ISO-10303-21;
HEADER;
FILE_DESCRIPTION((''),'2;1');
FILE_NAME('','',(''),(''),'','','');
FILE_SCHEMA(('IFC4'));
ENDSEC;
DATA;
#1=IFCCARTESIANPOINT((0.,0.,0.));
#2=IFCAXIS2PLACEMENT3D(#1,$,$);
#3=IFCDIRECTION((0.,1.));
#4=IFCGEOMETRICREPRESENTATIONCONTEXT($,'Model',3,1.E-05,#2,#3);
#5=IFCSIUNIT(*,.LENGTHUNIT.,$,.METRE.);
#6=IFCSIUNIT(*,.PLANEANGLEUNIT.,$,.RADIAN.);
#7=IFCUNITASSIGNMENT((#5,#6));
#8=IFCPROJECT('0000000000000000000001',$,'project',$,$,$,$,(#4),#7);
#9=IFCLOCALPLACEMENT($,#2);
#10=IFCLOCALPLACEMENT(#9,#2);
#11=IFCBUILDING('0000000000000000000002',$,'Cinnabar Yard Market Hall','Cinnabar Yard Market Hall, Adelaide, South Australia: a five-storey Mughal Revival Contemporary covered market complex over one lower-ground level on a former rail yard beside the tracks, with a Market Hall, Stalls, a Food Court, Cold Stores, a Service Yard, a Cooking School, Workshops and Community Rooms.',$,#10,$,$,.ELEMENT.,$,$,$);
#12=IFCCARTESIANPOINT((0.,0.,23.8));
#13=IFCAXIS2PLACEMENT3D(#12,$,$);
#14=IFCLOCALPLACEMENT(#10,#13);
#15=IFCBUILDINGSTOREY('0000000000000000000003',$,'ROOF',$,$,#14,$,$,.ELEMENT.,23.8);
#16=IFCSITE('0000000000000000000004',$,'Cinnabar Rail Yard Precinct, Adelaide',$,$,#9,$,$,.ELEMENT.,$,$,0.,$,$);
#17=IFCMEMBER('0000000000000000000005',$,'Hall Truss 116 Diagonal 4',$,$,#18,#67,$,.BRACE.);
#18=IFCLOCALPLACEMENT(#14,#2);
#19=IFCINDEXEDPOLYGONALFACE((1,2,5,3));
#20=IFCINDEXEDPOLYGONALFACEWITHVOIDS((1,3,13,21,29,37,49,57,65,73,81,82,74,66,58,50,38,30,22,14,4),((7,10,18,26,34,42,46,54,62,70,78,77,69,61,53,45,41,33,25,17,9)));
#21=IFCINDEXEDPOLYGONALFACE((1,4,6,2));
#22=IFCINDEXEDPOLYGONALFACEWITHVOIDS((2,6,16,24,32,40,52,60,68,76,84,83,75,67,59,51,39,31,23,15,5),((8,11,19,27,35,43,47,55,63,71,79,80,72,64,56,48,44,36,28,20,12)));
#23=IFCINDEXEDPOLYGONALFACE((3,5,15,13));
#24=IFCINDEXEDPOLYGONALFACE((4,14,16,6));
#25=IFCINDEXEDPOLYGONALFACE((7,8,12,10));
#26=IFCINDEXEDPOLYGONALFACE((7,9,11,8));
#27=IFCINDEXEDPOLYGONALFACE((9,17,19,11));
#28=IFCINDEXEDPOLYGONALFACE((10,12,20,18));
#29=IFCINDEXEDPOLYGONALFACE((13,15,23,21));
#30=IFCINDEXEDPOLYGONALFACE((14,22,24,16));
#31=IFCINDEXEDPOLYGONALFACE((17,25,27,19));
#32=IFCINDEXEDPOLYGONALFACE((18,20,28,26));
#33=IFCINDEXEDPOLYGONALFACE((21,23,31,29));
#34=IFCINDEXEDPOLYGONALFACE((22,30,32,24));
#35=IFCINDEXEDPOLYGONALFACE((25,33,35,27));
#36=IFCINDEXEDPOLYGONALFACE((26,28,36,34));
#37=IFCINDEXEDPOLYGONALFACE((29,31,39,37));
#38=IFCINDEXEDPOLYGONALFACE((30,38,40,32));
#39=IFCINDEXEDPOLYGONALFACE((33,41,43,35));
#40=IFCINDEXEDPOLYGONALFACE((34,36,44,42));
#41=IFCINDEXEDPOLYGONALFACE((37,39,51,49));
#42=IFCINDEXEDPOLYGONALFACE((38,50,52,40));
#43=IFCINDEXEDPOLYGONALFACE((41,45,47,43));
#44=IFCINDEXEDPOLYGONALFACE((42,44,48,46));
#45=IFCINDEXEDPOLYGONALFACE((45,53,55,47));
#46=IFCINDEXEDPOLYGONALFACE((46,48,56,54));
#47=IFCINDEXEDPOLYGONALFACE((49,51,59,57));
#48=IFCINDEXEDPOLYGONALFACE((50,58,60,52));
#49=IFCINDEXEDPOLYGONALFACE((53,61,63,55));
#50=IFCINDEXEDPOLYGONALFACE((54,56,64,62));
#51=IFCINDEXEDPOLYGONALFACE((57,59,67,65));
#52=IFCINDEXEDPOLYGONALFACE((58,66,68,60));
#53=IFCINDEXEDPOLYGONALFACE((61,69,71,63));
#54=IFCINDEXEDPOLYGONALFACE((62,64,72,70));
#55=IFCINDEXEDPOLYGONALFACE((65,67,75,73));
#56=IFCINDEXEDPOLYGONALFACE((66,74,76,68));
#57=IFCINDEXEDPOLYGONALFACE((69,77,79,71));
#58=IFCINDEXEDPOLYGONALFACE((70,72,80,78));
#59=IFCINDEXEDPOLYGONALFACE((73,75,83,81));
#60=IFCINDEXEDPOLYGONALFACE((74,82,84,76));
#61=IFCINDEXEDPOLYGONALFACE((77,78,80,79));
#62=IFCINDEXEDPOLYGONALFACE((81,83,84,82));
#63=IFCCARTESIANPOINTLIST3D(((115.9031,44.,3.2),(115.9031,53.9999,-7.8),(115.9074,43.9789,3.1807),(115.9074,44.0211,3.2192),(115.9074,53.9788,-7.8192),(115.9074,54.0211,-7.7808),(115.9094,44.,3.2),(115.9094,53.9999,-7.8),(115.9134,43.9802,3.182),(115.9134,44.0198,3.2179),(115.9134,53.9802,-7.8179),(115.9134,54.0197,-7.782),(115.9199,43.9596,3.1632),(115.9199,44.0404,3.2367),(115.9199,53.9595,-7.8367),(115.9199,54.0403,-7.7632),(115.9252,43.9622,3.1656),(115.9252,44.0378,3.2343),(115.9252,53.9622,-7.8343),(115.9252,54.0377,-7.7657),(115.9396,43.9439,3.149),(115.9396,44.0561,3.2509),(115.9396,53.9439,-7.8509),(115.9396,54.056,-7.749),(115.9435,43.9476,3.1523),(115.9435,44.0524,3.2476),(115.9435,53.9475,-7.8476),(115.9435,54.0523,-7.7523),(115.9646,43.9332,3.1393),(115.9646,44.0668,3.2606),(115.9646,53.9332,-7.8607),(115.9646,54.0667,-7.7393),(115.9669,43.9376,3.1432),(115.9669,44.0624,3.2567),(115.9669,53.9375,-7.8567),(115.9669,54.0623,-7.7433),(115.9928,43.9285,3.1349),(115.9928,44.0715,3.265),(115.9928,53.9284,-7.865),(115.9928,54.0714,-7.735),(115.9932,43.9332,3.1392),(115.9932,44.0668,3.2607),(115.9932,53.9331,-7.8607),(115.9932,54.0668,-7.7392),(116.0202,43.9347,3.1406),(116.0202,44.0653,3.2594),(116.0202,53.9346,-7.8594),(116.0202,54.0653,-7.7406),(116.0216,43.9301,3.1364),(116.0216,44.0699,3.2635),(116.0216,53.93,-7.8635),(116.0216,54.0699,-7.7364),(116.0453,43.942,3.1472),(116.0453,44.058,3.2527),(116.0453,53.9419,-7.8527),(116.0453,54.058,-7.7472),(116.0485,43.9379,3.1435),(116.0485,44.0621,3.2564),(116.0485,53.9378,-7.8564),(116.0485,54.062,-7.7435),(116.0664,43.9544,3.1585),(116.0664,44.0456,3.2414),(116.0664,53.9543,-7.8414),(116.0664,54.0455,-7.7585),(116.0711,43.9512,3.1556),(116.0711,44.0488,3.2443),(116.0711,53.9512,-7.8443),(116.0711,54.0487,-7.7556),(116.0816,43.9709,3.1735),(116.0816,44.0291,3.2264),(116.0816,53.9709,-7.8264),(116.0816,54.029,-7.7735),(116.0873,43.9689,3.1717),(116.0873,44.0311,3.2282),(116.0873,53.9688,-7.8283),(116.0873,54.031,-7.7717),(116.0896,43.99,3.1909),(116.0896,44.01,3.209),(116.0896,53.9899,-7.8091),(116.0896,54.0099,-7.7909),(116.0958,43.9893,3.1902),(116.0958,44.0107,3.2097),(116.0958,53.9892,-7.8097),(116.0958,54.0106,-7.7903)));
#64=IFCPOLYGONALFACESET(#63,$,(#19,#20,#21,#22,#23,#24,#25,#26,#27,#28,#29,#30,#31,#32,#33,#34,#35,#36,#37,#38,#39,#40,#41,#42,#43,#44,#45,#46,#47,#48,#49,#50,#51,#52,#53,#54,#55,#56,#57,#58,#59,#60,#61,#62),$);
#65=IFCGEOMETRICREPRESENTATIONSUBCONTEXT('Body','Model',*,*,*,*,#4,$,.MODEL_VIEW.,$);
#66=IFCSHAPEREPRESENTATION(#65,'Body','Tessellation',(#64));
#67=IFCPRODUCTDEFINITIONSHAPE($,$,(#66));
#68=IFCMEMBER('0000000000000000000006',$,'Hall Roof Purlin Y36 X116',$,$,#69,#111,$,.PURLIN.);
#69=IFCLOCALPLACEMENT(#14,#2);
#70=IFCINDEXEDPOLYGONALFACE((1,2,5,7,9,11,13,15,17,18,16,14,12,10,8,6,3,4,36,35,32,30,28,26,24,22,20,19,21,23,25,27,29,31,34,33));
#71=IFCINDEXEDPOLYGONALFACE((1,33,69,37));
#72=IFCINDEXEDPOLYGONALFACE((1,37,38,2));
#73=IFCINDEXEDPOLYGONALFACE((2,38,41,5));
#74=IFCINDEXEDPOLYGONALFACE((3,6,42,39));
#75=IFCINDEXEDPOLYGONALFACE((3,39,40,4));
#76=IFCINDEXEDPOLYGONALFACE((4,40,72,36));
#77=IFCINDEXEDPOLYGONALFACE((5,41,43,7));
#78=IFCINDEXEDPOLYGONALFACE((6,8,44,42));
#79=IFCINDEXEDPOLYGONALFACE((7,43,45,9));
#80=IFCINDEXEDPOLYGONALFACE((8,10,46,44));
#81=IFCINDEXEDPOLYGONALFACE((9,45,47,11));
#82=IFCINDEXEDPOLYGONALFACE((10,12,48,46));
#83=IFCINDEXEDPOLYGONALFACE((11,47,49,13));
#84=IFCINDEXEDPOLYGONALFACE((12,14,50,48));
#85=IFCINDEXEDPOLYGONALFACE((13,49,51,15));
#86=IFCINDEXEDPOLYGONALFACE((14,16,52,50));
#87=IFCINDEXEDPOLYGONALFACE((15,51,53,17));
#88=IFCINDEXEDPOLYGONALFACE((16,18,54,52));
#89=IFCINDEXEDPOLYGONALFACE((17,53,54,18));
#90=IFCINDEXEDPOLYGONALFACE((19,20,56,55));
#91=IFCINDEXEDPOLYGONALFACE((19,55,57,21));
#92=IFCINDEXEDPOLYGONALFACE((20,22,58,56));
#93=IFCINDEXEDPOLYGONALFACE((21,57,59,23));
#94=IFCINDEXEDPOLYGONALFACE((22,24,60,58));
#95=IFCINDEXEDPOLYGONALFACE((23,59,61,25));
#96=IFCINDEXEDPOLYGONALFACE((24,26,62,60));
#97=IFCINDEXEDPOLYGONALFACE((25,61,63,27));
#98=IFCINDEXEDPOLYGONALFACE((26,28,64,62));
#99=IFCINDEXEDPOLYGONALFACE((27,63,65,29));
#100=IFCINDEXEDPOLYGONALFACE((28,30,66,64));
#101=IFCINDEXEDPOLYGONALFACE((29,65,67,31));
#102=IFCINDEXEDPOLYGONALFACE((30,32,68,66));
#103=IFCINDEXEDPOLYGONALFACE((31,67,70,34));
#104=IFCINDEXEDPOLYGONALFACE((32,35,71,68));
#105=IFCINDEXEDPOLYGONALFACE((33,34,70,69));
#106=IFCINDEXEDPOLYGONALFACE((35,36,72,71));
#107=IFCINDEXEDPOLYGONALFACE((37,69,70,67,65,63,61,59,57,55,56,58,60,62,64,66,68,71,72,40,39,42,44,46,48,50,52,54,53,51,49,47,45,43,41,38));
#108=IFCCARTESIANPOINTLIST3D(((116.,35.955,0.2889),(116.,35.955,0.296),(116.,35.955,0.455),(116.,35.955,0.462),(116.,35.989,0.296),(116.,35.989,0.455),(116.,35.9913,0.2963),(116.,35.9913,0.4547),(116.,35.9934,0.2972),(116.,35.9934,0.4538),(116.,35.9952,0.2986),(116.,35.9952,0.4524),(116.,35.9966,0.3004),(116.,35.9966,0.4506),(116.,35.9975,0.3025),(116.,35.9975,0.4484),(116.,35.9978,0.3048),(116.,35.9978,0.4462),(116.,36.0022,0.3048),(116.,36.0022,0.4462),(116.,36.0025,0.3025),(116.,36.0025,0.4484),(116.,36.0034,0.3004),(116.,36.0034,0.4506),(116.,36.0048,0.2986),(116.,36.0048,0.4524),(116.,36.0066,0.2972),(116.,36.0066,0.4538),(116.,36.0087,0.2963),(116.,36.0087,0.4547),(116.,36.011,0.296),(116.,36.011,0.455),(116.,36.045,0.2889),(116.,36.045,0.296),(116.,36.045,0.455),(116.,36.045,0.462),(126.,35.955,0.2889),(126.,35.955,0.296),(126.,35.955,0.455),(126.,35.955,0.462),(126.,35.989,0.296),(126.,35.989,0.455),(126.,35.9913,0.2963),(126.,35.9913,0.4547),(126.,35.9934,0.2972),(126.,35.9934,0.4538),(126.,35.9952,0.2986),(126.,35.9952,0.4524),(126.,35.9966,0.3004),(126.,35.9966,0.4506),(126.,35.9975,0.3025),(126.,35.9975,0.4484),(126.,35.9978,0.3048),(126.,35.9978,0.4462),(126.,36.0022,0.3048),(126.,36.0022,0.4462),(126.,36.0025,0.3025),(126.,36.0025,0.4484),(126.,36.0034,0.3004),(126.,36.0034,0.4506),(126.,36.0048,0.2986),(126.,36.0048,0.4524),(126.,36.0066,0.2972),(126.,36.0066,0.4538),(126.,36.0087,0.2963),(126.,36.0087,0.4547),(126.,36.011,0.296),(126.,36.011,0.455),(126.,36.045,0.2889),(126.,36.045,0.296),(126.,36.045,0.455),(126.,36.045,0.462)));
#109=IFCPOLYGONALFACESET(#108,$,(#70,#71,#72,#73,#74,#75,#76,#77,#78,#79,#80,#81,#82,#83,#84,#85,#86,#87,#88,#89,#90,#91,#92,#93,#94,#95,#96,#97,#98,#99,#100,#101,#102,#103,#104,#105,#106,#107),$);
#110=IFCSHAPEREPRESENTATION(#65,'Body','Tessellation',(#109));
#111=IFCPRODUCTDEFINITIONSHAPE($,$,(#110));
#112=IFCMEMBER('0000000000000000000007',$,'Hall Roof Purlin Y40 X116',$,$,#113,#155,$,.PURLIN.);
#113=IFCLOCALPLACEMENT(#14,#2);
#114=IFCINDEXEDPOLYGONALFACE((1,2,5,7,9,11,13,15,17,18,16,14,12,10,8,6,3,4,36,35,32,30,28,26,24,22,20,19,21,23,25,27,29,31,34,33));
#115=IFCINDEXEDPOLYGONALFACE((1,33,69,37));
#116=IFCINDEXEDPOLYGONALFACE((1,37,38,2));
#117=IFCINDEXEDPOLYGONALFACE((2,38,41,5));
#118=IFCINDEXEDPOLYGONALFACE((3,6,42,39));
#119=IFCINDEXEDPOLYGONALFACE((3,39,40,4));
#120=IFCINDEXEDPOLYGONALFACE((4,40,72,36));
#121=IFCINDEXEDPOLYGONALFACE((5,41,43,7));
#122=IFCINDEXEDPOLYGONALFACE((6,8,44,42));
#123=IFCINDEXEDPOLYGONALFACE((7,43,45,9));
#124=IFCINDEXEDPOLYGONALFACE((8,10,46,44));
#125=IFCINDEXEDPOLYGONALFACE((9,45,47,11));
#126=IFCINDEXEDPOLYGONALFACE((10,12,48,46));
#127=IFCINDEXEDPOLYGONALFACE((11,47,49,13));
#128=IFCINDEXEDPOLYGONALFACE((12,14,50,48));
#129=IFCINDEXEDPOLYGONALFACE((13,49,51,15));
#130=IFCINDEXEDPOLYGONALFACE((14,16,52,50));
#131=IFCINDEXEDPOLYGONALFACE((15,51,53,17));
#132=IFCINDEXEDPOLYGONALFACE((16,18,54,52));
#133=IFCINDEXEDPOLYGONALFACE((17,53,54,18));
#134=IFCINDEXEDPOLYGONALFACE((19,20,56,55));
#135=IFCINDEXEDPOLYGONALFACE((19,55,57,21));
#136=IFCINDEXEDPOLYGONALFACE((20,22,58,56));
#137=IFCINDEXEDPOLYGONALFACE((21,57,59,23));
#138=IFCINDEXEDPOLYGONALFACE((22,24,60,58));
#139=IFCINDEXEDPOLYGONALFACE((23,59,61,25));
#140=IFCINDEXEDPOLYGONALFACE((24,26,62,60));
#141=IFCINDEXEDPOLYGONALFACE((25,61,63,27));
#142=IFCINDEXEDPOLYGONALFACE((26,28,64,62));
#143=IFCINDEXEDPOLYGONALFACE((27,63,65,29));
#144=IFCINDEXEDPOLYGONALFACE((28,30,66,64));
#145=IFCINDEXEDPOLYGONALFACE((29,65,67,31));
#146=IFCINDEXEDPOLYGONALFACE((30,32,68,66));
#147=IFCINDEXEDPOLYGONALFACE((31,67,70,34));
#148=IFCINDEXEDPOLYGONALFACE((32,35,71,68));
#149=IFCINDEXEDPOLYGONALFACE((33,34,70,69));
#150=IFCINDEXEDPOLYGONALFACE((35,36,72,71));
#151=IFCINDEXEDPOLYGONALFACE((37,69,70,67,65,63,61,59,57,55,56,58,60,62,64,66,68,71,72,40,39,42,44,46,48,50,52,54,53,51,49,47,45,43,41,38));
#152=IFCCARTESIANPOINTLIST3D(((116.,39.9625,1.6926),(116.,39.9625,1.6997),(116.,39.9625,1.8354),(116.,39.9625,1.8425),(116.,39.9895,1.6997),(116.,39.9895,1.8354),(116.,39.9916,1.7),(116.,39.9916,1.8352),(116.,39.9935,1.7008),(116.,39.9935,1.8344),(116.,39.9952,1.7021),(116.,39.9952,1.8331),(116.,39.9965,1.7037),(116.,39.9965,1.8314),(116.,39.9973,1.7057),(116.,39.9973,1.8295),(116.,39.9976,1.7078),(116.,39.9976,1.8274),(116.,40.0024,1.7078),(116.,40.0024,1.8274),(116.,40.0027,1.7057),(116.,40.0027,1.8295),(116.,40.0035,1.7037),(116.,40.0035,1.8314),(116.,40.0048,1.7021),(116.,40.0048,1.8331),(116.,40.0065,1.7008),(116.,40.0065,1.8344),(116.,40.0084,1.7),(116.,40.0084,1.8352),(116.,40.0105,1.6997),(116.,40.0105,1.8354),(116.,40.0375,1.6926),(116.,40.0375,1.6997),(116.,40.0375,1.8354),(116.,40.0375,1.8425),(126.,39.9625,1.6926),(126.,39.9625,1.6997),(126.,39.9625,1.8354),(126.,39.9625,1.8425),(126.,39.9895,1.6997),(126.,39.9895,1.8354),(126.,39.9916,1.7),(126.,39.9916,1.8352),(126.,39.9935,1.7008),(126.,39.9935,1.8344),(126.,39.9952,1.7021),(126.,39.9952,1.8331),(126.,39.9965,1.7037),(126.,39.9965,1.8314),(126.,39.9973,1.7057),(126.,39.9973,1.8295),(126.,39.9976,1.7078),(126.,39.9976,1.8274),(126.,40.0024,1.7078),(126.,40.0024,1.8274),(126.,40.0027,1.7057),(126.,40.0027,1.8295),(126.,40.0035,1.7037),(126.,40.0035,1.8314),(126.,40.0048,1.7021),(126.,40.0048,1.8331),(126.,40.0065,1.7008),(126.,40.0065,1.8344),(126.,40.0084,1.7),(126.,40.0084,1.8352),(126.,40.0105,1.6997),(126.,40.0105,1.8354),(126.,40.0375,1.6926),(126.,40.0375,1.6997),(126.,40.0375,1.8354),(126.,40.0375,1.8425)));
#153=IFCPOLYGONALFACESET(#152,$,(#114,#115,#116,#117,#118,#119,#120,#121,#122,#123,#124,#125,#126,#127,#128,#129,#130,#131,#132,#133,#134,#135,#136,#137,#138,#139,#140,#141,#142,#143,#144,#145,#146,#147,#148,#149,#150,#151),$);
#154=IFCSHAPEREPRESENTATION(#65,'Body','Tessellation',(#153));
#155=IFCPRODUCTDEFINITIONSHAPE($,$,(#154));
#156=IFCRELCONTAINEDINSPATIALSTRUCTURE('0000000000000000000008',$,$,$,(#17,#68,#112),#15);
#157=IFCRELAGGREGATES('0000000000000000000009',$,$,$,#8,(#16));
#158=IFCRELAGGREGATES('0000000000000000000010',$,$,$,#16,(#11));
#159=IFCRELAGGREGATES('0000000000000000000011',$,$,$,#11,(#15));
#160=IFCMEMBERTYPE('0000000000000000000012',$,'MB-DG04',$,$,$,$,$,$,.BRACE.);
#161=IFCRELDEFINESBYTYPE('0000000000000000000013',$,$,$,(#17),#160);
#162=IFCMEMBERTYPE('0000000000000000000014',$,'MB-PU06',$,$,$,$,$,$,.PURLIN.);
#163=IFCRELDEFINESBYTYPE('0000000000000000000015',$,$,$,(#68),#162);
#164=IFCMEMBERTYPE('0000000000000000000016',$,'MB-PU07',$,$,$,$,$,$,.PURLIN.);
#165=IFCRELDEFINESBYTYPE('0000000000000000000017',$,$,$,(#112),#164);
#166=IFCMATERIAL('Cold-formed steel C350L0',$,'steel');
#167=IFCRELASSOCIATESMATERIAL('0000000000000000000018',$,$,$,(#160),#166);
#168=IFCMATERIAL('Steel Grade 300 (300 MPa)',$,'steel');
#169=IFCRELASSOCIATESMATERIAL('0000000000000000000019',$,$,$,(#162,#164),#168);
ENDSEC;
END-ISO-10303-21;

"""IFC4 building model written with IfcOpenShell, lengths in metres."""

from ifc_helpers import new_model, si_unit, direction, frame, origin, origin_2d_with_axis, place, context, subcontext, project, spatial, hollow_circle, i_section, extrude, material, material_profile, profile_set, type_object, element, save


model = new_model("IFC4")

# Units and contexts
model_context = context("Model", 3, precision=1e-05, world=origin(), true_north=direction((0.0, 1.0)))
body_context = subcontext(model_context, "Body", "Model", "MODEL_VIEW")
ifc_project = project(units=[si_unit("LENGTHUNIT", "METRE"), si_unit("PLANEANGLEUNIT", "RADIAN")], contexts=[model_context])

# Site, building, storey
site_placement = place(None, origin())
site = spatial("IfcSite", under=ifc_project, at=site_placement, Name="Cinnabar Rail Yard Precinct, Adelaide", CompositionType="ELEMENT", RefElevation=0.0)
building_placement = place(site_placement, origin())
building = spatial("IfcBuilding", under=site, at=building_placement, Name="Cinnabar Yard Market Hall", Description="Cinnabar Yard Market Hall, Adelaide, South Australia: a five-storey Mughal Revival Contemporary covered market complex over one lower-ground level on a former rail yard beside the tracks, with a Market Hall, Stalls, a Food Court, Cold Stores, a Service Yard, a Cooking School, Workshops and Community Rooms.", CompositionType="ELEMENT")
storey_placement = place(building_placement, frame((0.0, 0.0, 23.8)))
storey = spatial("IfcBuildingStorey", under=building, at=storey_placement, Name="ROOF", CompositionType="ELEMENT", Elevation=23.8)

# Shared definitions
ifc_material_1 = material(Name="Steel Grade 300 (300 MPa)", Category="steel")

# Members
ifc_material_2 = material(Name="Cold-formed steel C350L0", Category="steel")
ifc_material_profile_1 = material_profile(ifc_material_2, hollow_circle(Radius=0.0969, WallThickness=0.0063, at=origin_2d_with_axis()), Name="193.7x6.4CHS")
ifc_profile_set_1 = profile_set([ifc_material_profile_1], Name="Cold-formed steel C350L0")
member_type_1 = type_object("IfcMemberType", Name="MB-DG04", PredefinedType="BRACE", material=ifc_profile_set_1)
member_1_placement = place(storey_placement, frame((116.0, 44.0, 3.2), z_axis=(0.0, 0.672673, -0.73994), x_axis=(-1.0, 0.0, 0.0)))
element("IfcMember", 1, at=member_1_placement, inside=storey, type_object=member_type_1, Name="Hall Truss 116 Diagonal 4", PredefinedType="BRACE", context=body_context, shape_type="SweptSolid", body=[
    extrude(hollow_circle(Radius=0.0969, WallThickness=0.0063, at=origin_2d_with_axis()), origin(), (0.0, 0.0, 1.0), 14.866),
])
ifc_material_profile_2 = material_profile(ifc_material_1, i_section(OverallWidth=0.0901, OverallDepth=0.1731, WebThickness=0.0044, FlangeThickness=0.0071, FilletRadius=0.0088, at=origin_2d_with_axis()), Name="180UB16.1")
ifc_profile_set_2 = profile_set([ifc_material_profile_2], Name="Steel Grade 300 (300 MPa)")
member_type_2 = type_object("IfcMemberType", Name="MB-PU06", PredefinedType="PURLIN", material=ifc_profile_set_2)
member_2_placement = place(storey_placement, frame((116.0, 36.0, 0.3755), z_axis=(1.0, 0.0, 0.0), x_axis=(0.0, 1.0, 0.0)))
element("IfcMember", 2, at=member_2_placement, inside=storey, type_object=member_type_2, Name="Hall Roof Purlin Y36 X116", PredefinedType="PURLIN", context=body_context, shape_type="SweptSolid", body=[
    extrude(i_section(OverallWidth=0.0901, OverallDepth=0.1731, WebThickness=0.0044, FlangeThickness=0.0071, FilletRadius=0.0088, at=origin_2d_with_axis()), origin(), (0.0, 0.0, 1.0), 10.0),
])
ifc_material_profile_3 = material_profile(ifc_material_1, i_section(OverallWidth=0.075, OverallDepth=0.1499, WebThickness=0.0049, FlangeThickness=0.0071, FilletRadius=0.0081, at=origin_2d_with_axis()), Name="150UB14.0")
ifc_profile_set_3 = profile_set([ifc_material_profile_3], Name="Steel Grade 300 (300 MPa)")
member_type_3 = type_object("IfcMemberType", Name="MB-PU07", PredefinedType="PURLIN", material=ifc_profile_set_3)
member_3_placement = place(storey_placement, frame((116.0, 40.0, 1.7676), z_axis=(1.0, 0.0, 0.0), x_axis=(0.0, 1.0, 0.0)))
element("IfcMember", 3, at=member_3_placement, inside=storey, type_object=member_type_3, Name="Hall Roof Purlin Y40 X116", PredefinedType="PURLIN", context=body_context, shape_type="SweptSolid", body=[
    extrude(i_section(OverallWidth=0.075, OverallDepth=0.1499, WebThickness=0.0049, FlangeThickness=0.0071, FilletRadius=0.0081, at=origin_2d_with_axis()), origin(), (0.0, 0.0, 1.0), 10.0),
])

save(model, "model.ifc")
